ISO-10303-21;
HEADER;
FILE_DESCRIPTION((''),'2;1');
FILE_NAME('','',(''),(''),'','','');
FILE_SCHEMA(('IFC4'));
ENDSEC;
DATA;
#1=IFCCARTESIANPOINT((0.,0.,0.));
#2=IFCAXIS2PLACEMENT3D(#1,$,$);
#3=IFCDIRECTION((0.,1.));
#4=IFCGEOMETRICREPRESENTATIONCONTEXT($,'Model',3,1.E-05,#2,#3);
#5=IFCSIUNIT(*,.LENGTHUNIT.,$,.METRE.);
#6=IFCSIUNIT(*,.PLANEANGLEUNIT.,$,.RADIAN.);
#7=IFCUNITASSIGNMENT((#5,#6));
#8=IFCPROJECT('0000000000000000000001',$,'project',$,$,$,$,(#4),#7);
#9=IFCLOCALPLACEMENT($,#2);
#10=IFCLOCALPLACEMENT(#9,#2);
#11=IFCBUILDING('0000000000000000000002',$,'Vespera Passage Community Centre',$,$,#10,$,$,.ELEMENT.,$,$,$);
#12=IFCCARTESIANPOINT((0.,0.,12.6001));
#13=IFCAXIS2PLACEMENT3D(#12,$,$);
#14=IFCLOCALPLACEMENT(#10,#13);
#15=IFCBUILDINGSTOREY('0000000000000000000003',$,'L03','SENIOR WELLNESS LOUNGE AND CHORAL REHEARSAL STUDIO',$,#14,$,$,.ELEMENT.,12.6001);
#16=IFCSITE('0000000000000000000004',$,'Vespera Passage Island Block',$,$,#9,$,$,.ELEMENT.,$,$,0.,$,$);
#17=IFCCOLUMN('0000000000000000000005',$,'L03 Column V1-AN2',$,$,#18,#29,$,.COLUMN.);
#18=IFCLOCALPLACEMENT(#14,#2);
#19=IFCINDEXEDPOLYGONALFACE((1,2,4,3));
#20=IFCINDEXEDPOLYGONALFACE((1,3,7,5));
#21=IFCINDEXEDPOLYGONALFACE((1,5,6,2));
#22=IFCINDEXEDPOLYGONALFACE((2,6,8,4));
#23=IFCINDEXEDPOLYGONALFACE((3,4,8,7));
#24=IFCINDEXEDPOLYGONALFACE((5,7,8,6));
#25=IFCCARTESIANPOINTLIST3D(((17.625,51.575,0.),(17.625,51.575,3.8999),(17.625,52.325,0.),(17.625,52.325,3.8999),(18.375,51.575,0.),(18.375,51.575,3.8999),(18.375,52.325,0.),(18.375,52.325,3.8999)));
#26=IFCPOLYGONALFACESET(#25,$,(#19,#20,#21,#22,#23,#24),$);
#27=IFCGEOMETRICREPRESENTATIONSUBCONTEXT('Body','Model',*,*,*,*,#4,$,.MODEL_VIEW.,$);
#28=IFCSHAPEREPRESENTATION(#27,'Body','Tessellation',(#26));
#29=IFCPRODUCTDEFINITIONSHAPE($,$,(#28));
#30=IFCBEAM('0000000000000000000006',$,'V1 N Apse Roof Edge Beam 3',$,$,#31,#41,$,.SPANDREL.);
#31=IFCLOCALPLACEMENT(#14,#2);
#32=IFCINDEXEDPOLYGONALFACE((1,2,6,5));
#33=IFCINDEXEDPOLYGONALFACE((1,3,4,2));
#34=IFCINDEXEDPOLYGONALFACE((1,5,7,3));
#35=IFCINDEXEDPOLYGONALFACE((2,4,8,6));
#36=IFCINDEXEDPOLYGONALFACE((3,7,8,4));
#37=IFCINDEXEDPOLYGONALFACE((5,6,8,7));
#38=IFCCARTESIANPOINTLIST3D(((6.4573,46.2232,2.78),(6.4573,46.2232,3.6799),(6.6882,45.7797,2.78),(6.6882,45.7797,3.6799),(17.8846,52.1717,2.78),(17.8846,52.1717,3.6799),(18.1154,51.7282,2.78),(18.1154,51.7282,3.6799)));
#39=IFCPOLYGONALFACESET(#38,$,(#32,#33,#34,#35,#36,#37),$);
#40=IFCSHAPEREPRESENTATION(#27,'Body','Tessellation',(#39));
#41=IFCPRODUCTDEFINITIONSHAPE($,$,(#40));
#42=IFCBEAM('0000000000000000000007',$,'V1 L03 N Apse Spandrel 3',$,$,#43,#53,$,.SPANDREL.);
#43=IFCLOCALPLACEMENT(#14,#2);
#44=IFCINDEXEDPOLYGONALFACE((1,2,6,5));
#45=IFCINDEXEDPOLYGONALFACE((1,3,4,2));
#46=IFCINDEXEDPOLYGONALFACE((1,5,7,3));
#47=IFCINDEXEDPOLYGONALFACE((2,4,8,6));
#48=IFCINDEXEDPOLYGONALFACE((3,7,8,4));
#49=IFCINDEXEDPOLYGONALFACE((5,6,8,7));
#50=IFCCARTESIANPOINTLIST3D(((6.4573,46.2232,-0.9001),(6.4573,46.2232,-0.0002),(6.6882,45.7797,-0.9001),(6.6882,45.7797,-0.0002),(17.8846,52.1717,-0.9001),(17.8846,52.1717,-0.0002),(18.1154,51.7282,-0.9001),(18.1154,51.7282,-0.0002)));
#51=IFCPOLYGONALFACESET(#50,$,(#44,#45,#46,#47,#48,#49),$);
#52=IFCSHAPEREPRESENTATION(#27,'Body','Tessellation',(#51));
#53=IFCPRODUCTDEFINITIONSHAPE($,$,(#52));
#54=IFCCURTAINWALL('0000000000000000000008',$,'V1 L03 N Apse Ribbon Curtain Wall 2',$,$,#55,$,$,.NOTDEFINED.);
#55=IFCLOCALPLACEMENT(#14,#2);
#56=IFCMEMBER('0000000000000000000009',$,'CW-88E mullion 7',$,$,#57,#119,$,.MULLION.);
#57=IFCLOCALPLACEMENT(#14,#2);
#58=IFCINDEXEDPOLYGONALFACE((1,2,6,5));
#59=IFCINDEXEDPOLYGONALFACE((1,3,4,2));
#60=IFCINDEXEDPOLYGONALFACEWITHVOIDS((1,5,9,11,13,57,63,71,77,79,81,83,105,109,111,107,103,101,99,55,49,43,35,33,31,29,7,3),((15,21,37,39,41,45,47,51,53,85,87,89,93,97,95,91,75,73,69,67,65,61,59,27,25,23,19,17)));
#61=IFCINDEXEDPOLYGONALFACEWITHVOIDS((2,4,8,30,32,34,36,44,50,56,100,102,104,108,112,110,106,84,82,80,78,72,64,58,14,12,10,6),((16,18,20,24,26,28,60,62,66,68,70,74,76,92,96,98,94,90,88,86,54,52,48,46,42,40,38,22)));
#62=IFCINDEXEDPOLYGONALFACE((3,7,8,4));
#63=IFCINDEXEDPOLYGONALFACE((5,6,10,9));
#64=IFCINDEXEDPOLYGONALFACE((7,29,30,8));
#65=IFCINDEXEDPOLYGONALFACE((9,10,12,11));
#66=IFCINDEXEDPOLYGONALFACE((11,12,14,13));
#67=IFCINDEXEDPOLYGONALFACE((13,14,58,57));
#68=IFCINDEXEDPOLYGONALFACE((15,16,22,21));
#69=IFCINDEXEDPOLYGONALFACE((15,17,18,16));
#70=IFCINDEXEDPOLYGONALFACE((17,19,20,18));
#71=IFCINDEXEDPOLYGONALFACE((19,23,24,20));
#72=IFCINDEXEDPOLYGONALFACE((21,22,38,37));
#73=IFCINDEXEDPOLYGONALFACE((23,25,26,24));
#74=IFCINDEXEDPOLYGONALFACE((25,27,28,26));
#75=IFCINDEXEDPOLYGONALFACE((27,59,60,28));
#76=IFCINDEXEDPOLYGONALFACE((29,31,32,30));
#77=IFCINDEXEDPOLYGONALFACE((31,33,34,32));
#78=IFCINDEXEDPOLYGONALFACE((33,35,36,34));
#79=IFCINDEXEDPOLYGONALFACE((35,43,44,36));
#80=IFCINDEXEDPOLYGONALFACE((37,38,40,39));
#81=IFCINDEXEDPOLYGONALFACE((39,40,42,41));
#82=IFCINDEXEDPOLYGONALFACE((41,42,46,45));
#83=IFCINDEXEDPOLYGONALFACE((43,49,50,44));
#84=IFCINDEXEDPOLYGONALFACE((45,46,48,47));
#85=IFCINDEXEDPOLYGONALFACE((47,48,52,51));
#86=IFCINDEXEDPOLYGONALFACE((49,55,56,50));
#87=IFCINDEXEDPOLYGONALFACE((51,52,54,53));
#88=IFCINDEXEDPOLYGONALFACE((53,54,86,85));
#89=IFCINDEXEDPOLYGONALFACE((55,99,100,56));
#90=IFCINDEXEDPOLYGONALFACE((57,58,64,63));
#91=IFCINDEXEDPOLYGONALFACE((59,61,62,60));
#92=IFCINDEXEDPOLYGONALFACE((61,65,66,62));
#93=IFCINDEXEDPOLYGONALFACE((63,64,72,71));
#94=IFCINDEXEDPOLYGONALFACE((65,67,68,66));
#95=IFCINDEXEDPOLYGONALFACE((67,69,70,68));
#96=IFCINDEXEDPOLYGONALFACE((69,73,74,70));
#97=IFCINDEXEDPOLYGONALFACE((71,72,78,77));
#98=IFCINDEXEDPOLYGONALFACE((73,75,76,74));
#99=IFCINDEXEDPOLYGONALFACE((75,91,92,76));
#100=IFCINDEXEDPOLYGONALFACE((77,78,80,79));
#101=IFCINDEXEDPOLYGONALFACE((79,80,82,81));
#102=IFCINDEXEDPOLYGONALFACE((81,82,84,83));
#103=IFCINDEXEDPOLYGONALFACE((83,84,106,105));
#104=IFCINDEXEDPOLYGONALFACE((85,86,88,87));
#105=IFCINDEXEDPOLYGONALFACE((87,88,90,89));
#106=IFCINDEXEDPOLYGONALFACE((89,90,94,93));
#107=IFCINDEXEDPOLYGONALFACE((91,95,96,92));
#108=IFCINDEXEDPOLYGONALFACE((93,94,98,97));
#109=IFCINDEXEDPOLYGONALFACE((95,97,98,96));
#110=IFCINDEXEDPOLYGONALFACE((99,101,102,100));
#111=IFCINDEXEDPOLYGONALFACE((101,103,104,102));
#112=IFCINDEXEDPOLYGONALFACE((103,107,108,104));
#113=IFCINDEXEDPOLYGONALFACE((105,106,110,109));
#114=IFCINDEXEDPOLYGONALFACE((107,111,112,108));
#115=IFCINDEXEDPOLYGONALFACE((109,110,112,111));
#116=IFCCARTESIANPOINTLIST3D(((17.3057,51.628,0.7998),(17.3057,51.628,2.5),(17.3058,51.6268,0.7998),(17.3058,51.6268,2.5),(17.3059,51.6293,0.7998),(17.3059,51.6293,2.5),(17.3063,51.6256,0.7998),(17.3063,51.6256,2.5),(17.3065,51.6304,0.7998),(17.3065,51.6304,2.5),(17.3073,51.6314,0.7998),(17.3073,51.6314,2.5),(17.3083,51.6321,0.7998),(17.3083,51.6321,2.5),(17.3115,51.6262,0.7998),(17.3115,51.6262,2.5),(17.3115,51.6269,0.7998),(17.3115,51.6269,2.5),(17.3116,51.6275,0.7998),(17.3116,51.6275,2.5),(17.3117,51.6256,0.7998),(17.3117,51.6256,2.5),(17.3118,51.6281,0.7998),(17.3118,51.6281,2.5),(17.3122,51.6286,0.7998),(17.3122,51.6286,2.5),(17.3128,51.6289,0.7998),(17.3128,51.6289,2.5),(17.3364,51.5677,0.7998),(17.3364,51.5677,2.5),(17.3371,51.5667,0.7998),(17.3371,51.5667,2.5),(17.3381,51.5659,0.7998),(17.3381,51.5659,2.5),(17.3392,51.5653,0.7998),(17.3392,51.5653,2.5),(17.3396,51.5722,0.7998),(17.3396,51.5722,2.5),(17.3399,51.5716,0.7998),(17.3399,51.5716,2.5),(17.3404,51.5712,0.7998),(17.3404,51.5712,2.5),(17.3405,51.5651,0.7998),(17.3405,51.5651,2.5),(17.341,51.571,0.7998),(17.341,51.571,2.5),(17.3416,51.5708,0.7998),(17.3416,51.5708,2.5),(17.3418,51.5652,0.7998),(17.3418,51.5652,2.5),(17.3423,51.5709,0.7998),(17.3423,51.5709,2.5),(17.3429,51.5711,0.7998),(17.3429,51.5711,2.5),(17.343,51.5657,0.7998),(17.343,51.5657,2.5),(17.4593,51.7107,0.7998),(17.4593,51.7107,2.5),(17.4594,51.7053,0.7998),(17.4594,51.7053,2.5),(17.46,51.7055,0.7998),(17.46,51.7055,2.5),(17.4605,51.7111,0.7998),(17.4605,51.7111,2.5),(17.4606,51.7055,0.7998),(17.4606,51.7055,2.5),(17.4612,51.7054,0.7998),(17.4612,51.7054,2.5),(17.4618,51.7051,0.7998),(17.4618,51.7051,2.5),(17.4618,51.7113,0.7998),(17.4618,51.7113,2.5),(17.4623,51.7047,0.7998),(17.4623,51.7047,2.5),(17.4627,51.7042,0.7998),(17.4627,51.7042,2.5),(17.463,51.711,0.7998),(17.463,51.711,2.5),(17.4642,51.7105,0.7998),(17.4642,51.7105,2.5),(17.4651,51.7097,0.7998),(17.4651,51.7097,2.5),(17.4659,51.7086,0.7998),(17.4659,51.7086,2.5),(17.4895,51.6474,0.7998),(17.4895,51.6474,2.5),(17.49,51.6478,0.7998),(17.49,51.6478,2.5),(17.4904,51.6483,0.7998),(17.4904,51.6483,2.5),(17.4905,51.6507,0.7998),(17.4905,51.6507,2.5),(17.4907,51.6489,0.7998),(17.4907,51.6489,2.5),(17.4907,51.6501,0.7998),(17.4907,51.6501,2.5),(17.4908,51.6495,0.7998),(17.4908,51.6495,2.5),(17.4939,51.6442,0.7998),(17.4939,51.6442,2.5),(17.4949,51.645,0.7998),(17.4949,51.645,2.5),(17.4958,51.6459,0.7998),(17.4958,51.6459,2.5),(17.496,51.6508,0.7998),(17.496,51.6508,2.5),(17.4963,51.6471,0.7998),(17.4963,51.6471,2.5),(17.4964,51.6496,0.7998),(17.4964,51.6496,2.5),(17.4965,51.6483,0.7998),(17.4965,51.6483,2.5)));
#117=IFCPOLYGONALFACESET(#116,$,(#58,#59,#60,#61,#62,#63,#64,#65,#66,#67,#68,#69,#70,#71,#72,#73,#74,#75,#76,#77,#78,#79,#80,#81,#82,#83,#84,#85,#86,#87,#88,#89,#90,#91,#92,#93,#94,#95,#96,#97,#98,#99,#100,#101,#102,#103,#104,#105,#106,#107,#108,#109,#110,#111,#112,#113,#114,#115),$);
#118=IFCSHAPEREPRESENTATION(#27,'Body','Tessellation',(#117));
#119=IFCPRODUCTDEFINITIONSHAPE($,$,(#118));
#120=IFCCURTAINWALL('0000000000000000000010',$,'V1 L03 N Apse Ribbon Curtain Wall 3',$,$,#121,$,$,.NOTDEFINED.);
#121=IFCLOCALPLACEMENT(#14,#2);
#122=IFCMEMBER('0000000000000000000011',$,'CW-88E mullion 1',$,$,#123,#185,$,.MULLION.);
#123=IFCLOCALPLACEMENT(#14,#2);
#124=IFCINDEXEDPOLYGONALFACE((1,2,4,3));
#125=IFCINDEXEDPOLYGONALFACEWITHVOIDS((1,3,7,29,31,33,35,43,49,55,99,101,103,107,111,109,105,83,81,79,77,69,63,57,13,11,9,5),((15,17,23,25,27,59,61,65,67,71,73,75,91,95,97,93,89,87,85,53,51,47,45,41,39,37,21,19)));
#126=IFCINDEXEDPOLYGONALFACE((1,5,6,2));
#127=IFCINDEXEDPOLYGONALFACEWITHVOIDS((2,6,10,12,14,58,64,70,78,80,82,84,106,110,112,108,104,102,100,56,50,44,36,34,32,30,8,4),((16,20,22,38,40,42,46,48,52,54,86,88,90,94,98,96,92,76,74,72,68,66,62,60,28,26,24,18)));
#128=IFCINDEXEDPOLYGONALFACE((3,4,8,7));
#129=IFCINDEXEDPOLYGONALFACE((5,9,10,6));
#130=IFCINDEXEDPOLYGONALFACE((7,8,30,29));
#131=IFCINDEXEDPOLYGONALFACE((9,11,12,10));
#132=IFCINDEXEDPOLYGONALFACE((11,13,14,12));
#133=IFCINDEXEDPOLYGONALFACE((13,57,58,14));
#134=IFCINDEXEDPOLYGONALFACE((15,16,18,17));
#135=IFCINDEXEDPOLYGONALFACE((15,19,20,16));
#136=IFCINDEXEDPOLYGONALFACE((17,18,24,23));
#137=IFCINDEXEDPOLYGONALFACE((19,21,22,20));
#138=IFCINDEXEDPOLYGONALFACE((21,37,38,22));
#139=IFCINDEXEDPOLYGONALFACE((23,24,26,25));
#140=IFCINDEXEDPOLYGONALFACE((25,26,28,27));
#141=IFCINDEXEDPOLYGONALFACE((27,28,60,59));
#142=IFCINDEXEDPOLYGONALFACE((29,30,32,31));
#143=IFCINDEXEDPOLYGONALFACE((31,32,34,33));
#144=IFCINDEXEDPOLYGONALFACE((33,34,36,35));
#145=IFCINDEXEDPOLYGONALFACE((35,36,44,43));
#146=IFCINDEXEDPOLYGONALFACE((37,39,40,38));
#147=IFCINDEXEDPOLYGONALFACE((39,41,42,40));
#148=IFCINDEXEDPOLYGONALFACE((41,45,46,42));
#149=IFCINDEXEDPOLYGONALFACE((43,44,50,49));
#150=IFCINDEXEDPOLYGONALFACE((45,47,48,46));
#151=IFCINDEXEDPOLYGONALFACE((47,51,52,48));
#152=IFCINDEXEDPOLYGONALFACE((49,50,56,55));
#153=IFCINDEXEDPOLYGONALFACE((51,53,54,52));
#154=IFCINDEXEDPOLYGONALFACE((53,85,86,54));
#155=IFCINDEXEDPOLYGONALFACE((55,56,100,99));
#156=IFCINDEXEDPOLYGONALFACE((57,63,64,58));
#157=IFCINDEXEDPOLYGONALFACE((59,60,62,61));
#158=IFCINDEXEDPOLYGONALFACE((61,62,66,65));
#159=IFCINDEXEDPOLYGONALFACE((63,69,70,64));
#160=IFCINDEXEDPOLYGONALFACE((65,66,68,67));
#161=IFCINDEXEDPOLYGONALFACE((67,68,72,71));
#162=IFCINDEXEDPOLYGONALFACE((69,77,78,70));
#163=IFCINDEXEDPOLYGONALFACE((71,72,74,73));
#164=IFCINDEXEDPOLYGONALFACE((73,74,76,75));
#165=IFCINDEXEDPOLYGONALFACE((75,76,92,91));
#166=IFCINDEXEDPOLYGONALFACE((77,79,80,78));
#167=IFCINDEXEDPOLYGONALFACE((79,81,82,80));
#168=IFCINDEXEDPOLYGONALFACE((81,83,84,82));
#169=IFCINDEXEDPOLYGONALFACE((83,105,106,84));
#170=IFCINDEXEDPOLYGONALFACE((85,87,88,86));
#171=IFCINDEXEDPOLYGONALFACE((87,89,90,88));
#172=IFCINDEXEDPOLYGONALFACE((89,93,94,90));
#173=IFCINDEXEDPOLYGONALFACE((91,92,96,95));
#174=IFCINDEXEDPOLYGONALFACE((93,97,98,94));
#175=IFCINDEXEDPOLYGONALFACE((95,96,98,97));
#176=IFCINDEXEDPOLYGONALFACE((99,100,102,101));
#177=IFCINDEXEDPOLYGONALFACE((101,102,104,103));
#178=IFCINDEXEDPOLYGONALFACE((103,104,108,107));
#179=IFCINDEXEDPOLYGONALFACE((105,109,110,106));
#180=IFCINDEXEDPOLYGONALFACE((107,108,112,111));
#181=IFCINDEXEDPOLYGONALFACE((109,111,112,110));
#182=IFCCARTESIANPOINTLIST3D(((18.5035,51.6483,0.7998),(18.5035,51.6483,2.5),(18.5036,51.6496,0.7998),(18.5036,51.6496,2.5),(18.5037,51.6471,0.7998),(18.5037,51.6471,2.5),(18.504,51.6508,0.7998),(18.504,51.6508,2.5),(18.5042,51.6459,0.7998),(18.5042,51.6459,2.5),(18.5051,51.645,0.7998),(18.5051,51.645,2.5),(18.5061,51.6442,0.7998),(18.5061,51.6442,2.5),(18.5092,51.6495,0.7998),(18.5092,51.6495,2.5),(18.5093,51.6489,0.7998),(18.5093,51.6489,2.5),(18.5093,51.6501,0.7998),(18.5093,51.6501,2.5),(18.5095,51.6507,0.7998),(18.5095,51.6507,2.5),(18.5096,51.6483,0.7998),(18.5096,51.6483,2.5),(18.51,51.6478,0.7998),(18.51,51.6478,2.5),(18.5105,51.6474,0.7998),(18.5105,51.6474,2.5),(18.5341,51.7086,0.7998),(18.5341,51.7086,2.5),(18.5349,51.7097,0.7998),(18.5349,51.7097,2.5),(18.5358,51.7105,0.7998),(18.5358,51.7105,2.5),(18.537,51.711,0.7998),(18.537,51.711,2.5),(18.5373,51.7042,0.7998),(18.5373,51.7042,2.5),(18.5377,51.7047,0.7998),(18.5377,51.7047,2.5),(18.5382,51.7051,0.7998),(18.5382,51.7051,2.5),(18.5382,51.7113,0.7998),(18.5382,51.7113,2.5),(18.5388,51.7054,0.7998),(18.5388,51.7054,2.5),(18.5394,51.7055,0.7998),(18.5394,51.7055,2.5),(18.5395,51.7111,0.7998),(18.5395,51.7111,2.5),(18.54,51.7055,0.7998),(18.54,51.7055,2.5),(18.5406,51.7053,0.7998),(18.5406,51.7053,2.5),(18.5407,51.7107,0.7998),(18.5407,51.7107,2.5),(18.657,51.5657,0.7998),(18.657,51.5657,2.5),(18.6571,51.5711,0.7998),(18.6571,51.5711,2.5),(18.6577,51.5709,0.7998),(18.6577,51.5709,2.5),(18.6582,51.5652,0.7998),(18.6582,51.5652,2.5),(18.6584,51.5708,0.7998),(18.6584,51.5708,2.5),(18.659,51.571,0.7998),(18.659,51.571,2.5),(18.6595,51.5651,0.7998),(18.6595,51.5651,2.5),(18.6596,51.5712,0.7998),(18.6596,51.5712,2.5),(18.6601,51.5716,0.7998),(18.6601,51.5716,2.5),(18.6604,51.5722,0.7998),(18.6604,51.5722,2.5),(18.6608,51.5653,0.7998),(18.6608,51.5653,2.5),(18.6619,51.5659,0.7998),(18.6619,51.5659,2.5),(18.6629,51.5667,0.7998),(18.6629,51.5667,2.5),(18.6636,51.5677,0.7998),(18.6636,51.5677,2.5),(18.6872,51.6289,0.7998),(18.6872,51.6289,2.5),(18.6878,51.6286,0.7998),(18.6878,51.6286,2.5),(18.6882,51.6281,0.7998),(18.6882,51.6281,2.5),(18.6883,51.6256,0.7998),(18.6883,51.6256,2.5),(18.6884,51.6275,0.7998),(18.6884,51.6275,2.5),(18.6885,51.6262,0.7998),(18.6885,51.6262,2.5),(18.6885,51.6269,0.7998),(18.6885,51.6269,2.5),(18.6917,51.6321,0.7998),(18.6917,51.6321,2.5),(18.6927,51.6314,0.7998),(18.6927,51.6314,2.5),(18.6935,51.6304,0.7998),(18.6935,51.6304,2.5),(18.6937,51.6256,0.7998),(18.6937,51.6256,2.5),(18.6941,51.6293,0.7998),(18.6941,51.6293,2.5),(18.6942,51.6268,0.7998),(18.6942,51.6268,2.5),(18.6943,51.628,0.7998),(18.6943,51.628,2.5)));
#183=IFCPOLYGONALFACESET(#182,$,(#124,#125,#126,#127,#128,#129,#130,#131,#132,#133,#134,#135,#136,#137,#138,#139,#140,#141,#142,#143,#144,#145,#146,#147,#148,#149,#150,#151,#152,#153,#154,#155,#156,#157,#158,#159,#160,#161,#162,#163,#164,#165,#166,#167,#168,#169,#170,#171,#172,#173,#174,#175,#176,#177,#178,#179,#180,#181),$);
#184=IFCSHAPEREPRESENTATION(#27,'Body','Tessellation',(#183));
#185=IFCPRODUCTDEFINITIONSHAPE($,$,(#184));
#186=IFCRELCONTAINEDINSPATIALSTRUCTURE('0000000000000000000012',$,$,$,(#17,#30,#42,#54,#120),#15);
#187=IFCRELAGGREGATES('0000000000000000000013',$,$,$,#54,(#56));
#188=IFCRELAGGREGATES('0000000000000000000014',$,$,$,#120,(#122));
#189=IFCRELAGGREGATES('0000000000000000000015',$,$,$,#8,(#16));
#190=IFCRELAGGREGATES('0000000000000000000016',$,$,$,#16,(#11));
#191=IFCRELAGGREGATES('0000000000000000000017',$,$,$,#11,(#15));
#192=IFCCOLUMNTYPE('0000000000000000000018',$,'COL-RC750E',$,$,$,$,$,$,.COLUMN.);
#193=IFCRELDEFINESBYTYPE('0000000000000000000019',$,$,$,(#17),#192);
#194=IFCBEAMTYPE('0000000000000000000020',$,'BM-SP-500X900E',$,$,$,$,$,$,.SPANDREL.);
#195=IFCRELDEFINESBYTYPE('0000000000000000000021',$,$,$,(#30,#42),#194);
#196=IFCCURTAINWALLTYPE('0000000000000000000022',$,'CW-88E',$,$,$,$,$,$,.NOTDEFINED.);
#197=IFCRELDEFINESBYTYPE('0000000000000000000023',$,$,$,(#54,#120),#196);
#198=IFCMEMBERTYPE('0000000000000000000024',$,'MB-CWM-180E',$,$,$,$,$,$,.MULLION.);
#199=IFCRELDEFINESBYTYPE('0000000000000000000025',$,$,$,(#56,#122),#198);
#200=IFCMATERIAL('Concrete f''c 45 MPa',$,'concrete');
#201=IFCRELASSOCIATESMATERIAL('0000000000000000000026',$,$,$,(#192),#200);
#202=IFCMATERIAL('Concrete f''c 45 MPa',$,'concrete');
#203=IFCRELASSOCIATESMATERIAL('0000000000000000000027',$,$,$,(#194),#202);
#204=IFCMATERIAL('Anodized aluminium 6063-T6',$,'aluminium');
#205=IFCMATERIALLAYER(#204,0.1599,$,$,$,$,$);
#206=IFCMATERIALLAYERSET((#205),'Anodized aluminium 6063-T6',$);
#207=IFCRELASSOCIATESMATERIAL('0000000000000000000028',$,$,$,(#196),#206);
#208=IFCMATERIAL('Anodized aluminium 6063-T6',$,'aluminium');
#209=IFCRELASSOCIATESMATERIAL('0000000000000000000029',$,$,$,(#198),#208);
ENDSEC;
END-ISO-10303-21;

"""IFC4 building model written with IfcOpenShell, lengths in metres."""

from ifc_helpers import new_model, si_unit, direction, frame, origin, origin_2d, place, context, subcontext, project, spatial, rectangle, hollow_rectangle, extrude, material, layer, layer_set, material_profile, profile_set, type_object, element, aggregate, save


model = new_model("IFC4")

# Units and contexts
model_context = context("Model", 3, precision=1e-05, world=origin(), true_north=direction((0.0, 1.0)))
body_context = subcontext(model_context, "Body", "Model", "MODEL_VIEW")
ifc_project = project(units=[si_unit("LENGTHUNIT", "METRE"), si_unit("PLANEANGLEUNIT", "RADIAN")], contexts=[model_context])

# Site, building, storey
site_placement = place(None, origin())
site = spatial("IfcSite", under=ifc_project, at=site_placement, Name="Vespera Passage Island Block", CompositionType="ELEMENT", RefElevation=0.0)
building_placement = place(site_placement, origin())
building = spatial("IfcBuilding", under=site, at=building_placement, Name="Vespera Passage Community Centre", CompositionType="ELEMENT")
storey_placement = place(building_placement, frame((0.0, 0.0, 12.6001)))
storey = spatial("IfcBuildingStorey", under=building, at=storey_placement, Name="L03", Description="SENIOR WELLNESS LOUNGE AND CHORAL REHEARSAL STUDIO", CompositionType="ELEMENT", Elevation=12.6001)

# Column
ifc_material_1 = material(Name="Concrete f'c 45 MPa", Category="concrete")
ifc_material_profile_1 = material_profile(ifc_material_1, rectangle(XDim=0.75, YDim=0.75, at=origin_2d()), Name="RC750X750")
ifc_profile_set_1 = profile_set([ifc_material_profile_1], Name="Concrete f'c 45 MPa")
column_type = type_object("IfcColumnType", Name="COL-RC750E", PredefinedType="COLUMN", material=ifc_profile_set_1)
column_placement = place(storey_placement, frame((18.0, 51.95, 0.0), z_axis=(0.0, 0.0, 1.0), x_axis=(1.0, 0.0, 0.0)))
element("IfcColumn", 1, at=column_placement, inside=storey, type_object=column_type, Name="L03 Column V1-AN2", PredefinedType="COLUMN", context=body_context, shape_type="SweptSolid", body=[
    extrude(rectangle(XDim=0.75, YDim=0.75, at=origin_2d()), origin(), (0.0, 0.0, 1.0), 3.8999),
])

# Beams
ifc_material_2 = material(Name="Concrete f'c 45 MPa", Category="concrete")
ifc_material_profile_2 = material_profile(ifc_material_2, rectangle(XDim=0.5, YDim=0.8999, at=origin_2d()), Name="RC500X900")
ifc_profile_set_2 = profile_set([ifc_material_profile_2], Name="Concrete f'c 45 MPa")
beam_type = type_object("IfcBeamType", Name="BM-SP-500X900E", PredefinedType="SPANDREL", material=ifc_profile_set_2)
for number, where, z_axis, x_axis, name in (
    (2, (18.0, 51.95, 3.23), (-0.887016, -0.461739, 0.0), (0.461739, -0.887016, 0.0), "V1 N Apse Roof Edge Beam 3"),
    (3, (18.0, 51.95, -0.4502), (-0.887016, -0.461739, 0.0), (0.461739, -0.887016, 0.0), "V1 L03 N Apse Spandrel 3"),
):
    element("IfcBeam", number, at=place(storey_placement, frame(where, z_axis=z_axis, x_axis=x_axis)), inside=storey, type_object=beam_type, Name=name, PredefinedType="SPANDREL", context=body_context, shape_type="SweptSolid", body=[
        extrude(rectangle(XDim=0.5, YDim=0.8999, at=origin_2d()), origin(), (0.0, 0.0, 1.0), 12.8828),
    ])

# Curtain wall, member
ifc_material_3 = material(Name="Anodized aluminium 6063-T6", Category="aluminium")
ifc_layer_1 = layer(ifc_material_3, 0.1599)
ifc_layer_set_1 = layer_set([ifc_layer_1], Name="Anodized aluminium 6063-T6")
curtain_wall_type = type_object("IfcCurtainWallType", Name="CW-88E", PredefinedType="NOTDEFINED", material=ifc_layer_set_1)
curtain_wall_1_placement = place(storey_placement, origin())
curtain_wall_1 = element("IfcCurtainWall", 4, at=curtain_wall_1_placement, inside=storey, type_object=curtain_wall_type, Name="V1 L03 N Apse Ribbon Curtain Wall 2", PredefinedType="NOTDEFINED")
ifc_material_4 = material(Name="Anodized aluminium 6063-T6", Category="aluminium")
ifc_material_profile_3 = material_profile(ifc_material_4, hollow_rectangle(XDim=0.075, YDim=0.1799, WallThickness=0.0049, InnerFilletRadius=0.0024, OuterFilletRadius=0.0049, at=origin_2d()), Name="ALU180X75X5")
ifc_profile_set_3 = profile_set([ifc_material_profile_3], Name="Anodized aluminium 6063-T6")
member_type_1 = type_object("IfcMemberType", Name="MB-CWM-180E", PredefinedType="MULLION", material=ifc_profile_set_3)
member_1_placement = place(storey_placement, frame((17.4011, 51.6382, 0.7998), z_axis=(0.0, 0.0, 1.0), x_axis=(-0.461745, 0.887013, 0.0)))
member_1 = element("IfcMember", 5, at=member_1_placement, type_object=member_type_1, Name="CW-88E mullion 7", PredefinedType="MULLION", context=body_context, shape_type="SweptSolid", body=[
    extrude(hollow_rectangle(XDim=0.075, YDim=0.1799, WallThickness=0.0049, InnerFilletRadius=0.0024, OuterFilletRadius=0.0049, at=origin_2d()), origin(), (0.0, 0.0, 1.0), 1.7002),
])
aggregate(curtain_wall_1, [member_1])

# Curtain wall, member
curtain_wall_2_placement = place(storey_placement, origin())
curtain_wall_2 = element("IfcCurtainWall", 6, at=curtain_wall_2_placement, inside=storey, type_object=curtain_wall_type, Name="V1 L03 N Apse Ribbon Curtain Wall 3", PredefinedType="NOTDEFINED")
member_2_placement = place(storey_placement, frame((18.5989, 51.6382, 0.7998), z_axis=(0.0, 0.0, 1.0), x_axis=(0.461745, 0.887013, 0.0)))
member_2 = element("IfcMember", 7, at=member_2_placement, type_object=member_type_1, Name="CW-88E mullion 1", PredefinedType="MULLION", context=body_context, shape_type="SweptSolid", body=[
    extrude(hollow_rectangle(XDim=0.075, YDim=0.1799, WallThickness=0.0049, InnerFilletRadius=0.0024, OuterFilletRadius=0.0049, at=origin_2d()), origin(), (0.0, 0.0, 1.0), 1.7002),
])
aggregate(curtain_wall_2, [member_2])

save(model, "model.ifc")
